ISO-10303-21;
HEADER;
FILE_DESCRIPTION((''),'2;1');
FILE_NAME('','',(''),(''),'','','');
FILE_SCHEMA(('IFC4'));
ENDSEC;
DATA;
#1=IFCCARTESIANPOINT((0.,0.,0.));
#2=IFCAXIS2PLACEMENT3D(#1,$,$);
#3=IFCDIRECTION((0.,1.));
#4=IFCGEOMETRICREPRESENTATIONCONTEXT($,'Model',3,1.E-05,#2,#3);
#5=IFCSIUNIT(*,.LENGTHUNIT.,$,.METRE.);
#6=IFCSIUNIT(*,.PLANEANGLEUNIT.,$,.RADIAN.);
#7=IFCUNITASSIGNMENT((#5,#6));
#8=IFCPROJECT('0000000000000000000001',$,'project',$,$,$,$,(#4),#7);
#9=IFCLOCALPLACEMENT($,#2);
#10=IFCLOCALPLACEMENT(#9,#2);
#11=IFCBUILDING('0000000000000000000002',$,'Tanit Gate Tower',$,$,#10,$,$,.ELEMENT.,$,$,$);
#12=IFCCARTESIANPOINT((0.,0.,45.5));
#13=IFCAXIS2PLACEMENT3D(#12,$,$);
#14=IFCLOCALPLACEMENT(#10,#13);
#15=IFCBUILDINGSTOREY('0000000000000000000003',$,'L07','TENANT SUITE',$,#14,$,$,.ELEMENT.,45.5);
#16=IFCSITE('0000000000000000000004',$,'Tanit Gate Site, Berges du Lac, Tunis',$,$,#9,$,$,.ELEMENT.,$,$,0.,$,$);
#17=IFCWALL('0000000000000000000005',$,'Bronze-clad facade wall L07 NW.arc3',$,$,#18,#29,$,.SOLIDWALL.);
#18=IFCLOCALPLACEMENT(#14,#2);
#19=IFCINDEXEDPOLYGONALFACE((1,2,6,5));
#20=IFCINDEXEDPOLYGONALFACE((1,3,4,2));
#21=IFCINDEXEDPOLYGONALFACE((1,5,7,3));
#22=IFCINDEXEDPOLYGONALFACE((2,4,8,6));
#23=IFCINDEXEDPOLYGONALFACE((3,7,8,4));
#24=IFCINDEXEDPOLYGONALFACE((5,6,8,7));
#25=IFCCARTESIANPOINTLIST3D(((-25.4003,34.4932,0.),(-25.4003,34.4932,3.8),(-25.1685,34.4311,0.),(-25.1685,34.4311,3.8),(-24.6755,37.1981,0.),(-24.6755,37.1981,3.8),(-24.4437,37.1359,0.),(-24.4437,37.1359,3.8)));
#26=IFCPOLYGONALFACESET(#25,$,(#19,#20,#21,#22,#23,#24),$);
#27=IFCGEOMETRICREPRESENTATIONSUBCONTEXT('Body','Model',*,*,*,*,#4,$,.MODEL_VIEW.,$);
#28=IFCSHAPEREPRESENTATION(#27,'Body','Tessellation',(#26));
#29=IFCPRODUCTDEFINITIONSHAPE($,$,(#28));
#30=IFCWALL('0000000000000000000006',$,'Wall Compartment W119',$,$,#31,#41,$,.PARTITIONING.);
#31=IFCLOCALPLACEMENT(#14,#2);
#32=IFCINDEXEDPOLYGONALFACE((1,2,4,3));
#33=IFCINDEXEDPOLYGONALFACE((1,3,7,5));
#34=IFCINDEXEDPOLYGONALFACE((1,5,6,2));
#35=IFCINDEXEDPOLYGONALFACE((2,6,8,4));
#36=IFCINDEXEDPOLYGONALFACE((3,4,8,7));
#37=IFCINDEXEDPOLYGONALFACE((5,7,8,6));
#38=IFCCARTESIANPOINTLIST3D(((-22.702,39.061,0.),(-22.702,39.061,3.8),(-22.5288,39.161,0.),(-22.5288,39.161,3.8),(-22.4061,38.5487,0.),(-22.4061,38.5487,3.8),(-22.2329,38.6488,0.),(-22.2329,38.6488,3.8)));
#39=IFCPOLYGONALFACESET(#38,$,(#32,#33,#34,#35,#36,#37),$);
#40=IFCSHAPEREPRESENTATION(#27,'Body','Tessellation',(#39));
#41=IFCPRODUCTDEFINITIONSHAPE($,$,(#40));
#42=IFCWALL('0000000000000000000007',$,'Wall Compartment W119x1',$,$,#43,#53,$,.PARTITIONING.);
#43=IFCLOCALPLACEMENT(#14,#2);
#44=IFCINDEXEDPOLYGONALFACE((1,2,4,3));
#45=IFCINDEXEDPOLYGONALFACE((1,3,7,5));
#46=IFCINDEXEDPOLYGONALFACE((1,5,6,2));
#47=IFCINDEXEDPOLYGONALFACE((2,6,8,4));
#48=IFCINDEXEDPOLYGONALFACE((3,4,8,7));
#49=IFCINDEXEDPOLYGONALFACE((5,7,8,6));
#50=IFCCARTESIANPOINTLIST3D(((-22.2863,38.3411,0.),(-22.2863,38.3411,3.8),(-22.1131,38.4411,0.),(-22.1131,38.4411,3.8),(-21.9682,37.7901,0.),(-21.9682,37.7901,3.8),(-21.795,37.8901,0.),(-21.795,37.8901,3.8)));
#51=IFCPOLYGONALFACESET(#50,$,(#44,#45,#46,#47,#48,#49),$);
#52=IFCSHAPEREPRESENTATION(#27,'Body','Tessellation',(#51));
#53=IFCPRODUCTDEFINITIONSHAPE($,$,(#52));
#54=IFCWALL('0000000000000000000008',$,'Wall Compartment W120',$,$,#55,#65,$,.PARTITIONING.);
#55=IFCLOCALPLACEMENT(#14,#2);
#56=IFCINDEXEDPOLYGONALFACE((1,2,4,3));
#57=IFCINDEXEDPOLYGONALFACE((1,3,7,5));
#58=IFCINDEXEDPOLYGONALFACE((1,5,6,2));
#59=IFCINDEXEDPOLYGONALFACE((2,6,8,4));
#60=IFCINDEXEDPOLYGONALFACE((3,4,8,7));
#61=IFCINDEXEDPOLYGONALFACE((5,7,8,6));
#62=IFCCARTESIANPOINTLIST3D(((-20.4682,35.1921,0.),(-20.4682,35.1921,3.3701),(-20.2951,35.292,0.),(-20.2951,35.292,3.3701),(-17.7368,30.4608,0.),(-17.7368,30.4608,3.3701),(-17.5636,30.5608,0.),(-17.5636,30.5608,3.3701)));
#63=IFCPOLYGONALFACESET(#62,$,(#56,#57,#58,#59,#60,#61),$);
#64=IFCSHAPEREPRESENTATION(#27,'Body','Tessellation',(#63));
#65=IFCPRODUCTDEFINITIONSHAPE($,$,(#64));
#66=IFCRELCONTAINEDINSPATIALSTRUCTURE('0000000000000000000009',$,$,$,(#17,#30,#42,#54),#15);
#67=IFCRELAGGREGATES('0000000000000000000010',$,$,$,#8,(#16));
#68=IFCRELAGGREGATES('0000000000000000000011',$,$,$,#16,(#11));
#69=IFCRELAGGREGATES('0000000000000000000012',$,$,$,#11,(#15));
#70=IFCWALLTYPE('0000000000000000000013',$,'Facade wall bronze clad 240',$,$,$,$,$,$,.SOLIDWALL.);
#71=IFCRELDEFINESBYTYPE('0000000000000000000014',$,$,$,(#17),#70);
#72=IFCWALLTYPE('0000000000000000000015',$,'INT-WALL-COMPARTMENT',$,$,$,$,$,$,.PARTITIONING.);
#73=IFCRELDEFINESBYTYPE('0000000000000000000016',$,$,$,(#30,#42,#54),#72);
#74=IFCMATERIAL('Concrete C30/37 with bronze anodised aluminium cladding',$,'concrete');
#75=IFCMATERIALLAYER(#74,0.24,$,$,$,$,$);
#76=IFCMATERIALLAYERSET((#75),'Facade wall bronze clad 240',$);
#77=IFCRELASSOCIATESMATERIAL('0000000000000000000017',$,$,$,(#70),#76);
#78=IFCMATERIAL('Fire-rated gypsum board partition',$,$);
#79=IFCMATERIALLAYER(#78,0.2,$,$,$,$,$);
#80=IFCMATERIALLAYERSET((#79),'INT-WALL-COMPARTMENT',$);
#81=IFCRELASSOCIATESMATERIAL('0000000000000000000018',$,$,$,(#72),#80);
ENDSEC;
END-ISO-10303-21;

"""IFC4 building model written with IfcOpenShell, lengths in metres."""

from ifc_helpers import new_model, si_unit, direction, frame, frame_2d, origin, place, context, subcontext, project, spatial, rectangle, extrude, material, layer, layer_set, type_object, element, save


model = new_model("IFC4")

# Units and contexts
model_context = context("Model", 3, precision=1e-05, world=origin(), true_north=direction((0.0, 1.0)))
body_context = subcontext(model_context, "Body", "Model", "MODEL_VIEW")
ifc_project = project(units=[si_unit("LENGTHUNIT", "METRE"), si_unit("PLANEANGLEUNIT", "RADIAN")], contexts=[model_context])

# Site, building, storey
site_placement = place(None, origin())
site = spatial("IfcSite", under=ifc_project, at=site_placement, Name="Tanit Gate Site, Berges du Lac, Tunis", CompositionType="ELEMENT", RefElevation=0.0)
building_placement = place(site_placement, origin())
building = spatial("IfcBuilding", under=site, at=building_placement, Name="Tanit Gate Tower", CompositionType="ELEMENT")
storey_placement = place(building_placement, frame((0.0, 0.0, 45.5)))
storey = spatial("IfcBuildingStorey", under=building, at=storey_placement, Name="L07", Description="TENANT SUITE", CompositionType="ELEMENT", Elevation=45.5)

# Walls
ifc_material_1 = material(Name="Concrete C30/37 with bronze anodised aluminium cladding", Category="concrete")
ifc_layer_1 = layer(ifc_material_1, 0.24)
ifc_layer_set_1 = layer_set([ifc_layer_1], Name="Facade wall bronze clad 240")
wall_type_1 = type_object("IfcWallType", Name="Facade wall bronze clad 240", PredefinedType="SOLIDWALL", material=ifc_layer_set_1)
wall_1_placement = place(storey_placement, frame((-24.5596, 37.167, 0.0), z_axis=(0.0, 0.0, 1.0), x_axis=(-0.258851, -0.965917, 0.0)))
element("IfcWall", 1, at=wall_1_placement, inside=storey, type_object=wall_type_1, Name="Bronze-clad facade wall L07 NW.arc3", PredefinedType="SOLIDWALL", context=body_context, shape_type="SweptSolid", body=[
    extrude(rectangle(XDim=2.8003, YDim=0.24, at=frame_2d((1.4001, 0.0))), origin(), (0.0, 0.0, 1.0), 3.8),
])
ifc_material_2 = material(Name="Fire-rated gypsum board partition")
ifc_layer_2 = layer(ifc_material_2, 0.2)
ifc_layer_set_2 = layer_set([ifc_layer_2], Name="INT-WALL-COMPARTMENT")
wall_type_2 = type_object("IfcWallType", Name="INT-WALL-COMPARTMENT", PredefinedType="PARTITIONING", material=ifc_layer_set_2)
wall_2_placement = place(storey_placement, frame((-22.6155, 39.1111, 0.0), z_axis=(0.0, 0.0, 1.0), x_axis=(0.500223, -0.865897, 0.0)))
element("IfcWall", 2, at=wall_2_placement, inside=storey, type_object=wall_type_2, Name="Wall Compartment W119", PredefinedType="PARTITIONING", context=body_context, shape_type="SweptSolid", body=[
    extrude(rectangle(XDim=0.5916, YDim=0.2, at=frame_2d((0.2959, 0.0))), origin(), (0.0, 0.0, 1.0), 3.8),
])
wall_3_placement = place(storey_placement, frame((-22.1997, 38.3911, 0.0), z_axis=(0.0, 0.0, 1.0), x_axis=(0.499977, -0.866039, 0.0)))
element("IfcWall", 3, at=wall_3_placement, inside=storey, type_object=wall_type_2, Name="Wall Compartment W119x1", PredefinedType="PARTITIONING", context=body_context, shape_type="SweptSolid", body=[
    extrude(rectangle(XDim=0.6362, YDim=0.2, at=frame_2d((0.3181, 0.0))), origin(), (0.0, 0.0, 1.0), 3.8),
])
wall_4_placement = place(storey_placement, frame((-20.3816, 35.2419, 0.0), z_axis=(0.0, 0.0, 1.0), x_axis=(0.499984, -0.866035, 0.0)))
element("IfcWall", 4, at=wall_4_placement, inside=storey, type_object=wall_type_2, Name="Wall Compartment W120", PredefinedType="PARTITIONING", context=body_context, shape_type="SweptSolid", body=[
    extrude(rectangle(XDim=5.4631, YDim=0.2, at=frame_2d((2.7314, 0.0))), origin(), (0.0, 0.0, 1.0), 3.3701),
])

save(model, "model.ifc")
